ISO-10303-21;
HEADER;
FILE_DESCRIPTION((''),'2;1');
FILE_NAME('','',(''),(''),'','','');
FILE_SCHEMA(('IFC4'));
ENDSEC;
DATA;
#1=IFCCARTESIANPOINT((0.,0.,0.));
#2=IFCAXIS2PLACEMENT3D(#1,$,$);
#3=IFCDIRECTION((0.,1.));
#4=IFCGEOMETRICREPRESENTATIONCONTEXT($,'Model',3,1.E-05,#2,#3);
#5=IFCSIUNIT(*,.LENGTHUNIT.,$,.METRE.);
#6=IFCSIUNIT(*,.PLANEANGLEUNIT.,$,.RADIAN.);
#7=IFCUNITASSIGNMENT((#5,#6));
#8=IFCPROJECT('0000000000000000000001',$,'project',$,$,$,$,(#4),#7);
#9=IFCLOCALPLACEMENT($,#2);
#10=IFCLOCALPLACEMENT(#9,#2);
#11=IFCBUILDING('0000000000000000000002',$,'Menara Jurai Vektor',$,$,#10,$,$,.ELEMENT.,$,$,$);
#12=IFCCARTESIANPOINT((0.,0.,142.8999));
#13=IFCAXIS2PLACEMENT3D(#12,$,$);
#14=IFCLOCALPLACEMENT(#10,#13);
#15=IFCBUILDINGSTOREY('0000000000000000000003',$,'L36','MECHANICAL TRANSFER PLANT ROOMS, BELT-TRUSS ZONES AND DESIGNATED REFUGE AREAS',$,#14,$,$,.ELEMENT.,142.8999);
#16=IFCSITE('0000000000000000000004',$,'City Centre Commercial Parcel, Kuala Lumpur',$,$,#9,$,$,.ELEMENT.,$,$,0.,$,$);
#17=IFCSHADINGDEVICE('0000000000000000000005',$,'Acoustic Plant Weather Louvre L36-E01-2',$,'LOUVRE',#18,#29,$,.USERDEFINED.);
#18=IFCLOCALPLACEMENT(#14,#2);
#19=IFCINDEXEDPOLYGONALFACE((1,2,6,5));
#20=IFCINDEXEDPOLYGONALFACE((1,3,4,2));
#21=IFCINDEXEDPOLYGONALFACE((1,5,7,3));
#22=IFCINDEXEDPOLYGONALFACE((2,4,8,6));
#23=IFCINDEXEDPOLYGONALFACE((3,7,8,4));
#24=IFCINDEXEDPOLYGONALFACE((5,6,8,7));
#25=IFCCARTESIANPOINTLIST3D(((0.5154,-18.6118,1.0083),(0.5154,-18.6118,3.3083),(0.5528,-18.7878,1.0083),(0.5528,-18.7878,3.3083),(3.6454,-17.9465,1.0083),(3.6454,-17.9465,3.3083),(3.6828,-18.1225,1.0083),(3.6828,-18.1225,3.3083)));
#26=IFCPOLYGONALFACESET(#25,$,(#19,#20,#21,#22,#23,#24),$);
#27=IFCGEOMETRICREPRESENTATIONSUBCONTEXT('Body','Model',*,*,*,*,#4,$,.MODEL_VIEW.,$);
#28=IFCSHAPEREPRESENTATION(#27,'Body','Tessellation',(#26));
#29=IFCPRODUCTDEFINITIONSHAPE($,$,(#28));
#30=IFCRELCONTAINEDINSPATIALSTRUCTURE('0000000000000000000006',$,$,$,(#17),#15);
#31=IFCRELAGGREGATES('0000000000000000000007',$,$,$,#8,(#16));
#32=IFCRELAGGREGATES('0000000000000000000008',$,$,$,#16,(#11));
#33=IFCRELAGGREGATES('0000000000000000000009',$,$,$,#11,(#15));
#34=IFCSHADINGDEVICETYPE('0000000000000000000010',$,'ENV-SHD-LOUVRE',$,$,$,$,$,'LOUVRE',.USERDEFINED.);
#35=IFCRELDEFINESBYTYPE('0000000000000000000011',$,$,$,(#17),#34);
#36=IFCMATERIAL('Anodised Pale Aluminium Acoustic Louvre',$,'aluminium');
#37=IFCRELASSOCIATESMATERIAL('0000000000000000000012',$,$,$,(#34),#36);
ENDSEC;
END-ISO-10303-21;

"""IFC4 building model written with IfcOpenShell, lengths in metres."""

from ifc_helpers import new_model, si_unit, direction, frame, origin, origin_2d, place, context, subcontext, project, spatial, rectangle, extrude, material, type_object, element, save


model = new_model("IFC4")

# Units and contexts
model_context = context("Model", 3, precision=1e-05, world=origin(), true_north=direction((0.0, 1.0)))
body_context = subcontext(model_context, "Body", "Model", "MODEL_VIEW")
ifc_project = project(units=[si_unit("LENGTHUNIT", "METRE"), si_unit("PLANEANGLEUNIT", "RADIAN")], contexts=[model_context])

# Site, building, storey
site_placement = place(None, origin())
site = spatial("IfcSite", under=ifc_project, at=site_placement, Name="City Centre Commercial Parcel, Kuala Lumpur", CompositionType="ELEMENT", RefElevation=0.0)
building_placement = place(site_placement, origin())
building = spatial("IfcBuilding", under=site, at=building_placement, Name="Menara Jurai Vektor", CompositionType="ELEMENT")
storey_placement = place(building_placement, frame((0.0, 0.0, 142.8999)))
storey = spatial("IfcBuildingStorey", under=building, at=storey_placement, Name="L36", Description="MECHANICAL TRANSFER PLANT ROOMS, BELT-TRUSS ZONES AND DESIGNATED REFUGE AREAS", CompositionType="ELEMENT", Elevation=142.8999)

# Shading device
ifc_material_1 = material(Name="Anodised Pale Aluminium Acoustic Louvre", Category="aluminium")
shading_device_type = type_object("IfcShadingDeviceType", Name="ENV-SHD-LOUVRE", ElementType="LOUVRE", PredefinedType="USERDEFINED", material=ifc_material_1)
shading_device_placement = place(storey_placement, frame((2.0991, -18.3672, 1.0083), z_axis=(0.0, 0.0, 1.0), x_axis=(0.978148, 0.207912, 0.0)))
element("IfcShadingDevice", 1, at=shading_device_placement, inside=storey, type_object=shading_device_type, Name="Acoustic Plant Weather Louvre L36-E01-2", ObjectType="LOUVRE", PredefinedType="USERDEFINED", context=body_context, shape_type="SweptSolid", body=[
    extrude(rectangle(XDim=3.2, YDim=0.1799, at=origin_2d()), origin(), (0.0, 0.0, 1.0), 2.3),
])

save(model, "model.ifc")
